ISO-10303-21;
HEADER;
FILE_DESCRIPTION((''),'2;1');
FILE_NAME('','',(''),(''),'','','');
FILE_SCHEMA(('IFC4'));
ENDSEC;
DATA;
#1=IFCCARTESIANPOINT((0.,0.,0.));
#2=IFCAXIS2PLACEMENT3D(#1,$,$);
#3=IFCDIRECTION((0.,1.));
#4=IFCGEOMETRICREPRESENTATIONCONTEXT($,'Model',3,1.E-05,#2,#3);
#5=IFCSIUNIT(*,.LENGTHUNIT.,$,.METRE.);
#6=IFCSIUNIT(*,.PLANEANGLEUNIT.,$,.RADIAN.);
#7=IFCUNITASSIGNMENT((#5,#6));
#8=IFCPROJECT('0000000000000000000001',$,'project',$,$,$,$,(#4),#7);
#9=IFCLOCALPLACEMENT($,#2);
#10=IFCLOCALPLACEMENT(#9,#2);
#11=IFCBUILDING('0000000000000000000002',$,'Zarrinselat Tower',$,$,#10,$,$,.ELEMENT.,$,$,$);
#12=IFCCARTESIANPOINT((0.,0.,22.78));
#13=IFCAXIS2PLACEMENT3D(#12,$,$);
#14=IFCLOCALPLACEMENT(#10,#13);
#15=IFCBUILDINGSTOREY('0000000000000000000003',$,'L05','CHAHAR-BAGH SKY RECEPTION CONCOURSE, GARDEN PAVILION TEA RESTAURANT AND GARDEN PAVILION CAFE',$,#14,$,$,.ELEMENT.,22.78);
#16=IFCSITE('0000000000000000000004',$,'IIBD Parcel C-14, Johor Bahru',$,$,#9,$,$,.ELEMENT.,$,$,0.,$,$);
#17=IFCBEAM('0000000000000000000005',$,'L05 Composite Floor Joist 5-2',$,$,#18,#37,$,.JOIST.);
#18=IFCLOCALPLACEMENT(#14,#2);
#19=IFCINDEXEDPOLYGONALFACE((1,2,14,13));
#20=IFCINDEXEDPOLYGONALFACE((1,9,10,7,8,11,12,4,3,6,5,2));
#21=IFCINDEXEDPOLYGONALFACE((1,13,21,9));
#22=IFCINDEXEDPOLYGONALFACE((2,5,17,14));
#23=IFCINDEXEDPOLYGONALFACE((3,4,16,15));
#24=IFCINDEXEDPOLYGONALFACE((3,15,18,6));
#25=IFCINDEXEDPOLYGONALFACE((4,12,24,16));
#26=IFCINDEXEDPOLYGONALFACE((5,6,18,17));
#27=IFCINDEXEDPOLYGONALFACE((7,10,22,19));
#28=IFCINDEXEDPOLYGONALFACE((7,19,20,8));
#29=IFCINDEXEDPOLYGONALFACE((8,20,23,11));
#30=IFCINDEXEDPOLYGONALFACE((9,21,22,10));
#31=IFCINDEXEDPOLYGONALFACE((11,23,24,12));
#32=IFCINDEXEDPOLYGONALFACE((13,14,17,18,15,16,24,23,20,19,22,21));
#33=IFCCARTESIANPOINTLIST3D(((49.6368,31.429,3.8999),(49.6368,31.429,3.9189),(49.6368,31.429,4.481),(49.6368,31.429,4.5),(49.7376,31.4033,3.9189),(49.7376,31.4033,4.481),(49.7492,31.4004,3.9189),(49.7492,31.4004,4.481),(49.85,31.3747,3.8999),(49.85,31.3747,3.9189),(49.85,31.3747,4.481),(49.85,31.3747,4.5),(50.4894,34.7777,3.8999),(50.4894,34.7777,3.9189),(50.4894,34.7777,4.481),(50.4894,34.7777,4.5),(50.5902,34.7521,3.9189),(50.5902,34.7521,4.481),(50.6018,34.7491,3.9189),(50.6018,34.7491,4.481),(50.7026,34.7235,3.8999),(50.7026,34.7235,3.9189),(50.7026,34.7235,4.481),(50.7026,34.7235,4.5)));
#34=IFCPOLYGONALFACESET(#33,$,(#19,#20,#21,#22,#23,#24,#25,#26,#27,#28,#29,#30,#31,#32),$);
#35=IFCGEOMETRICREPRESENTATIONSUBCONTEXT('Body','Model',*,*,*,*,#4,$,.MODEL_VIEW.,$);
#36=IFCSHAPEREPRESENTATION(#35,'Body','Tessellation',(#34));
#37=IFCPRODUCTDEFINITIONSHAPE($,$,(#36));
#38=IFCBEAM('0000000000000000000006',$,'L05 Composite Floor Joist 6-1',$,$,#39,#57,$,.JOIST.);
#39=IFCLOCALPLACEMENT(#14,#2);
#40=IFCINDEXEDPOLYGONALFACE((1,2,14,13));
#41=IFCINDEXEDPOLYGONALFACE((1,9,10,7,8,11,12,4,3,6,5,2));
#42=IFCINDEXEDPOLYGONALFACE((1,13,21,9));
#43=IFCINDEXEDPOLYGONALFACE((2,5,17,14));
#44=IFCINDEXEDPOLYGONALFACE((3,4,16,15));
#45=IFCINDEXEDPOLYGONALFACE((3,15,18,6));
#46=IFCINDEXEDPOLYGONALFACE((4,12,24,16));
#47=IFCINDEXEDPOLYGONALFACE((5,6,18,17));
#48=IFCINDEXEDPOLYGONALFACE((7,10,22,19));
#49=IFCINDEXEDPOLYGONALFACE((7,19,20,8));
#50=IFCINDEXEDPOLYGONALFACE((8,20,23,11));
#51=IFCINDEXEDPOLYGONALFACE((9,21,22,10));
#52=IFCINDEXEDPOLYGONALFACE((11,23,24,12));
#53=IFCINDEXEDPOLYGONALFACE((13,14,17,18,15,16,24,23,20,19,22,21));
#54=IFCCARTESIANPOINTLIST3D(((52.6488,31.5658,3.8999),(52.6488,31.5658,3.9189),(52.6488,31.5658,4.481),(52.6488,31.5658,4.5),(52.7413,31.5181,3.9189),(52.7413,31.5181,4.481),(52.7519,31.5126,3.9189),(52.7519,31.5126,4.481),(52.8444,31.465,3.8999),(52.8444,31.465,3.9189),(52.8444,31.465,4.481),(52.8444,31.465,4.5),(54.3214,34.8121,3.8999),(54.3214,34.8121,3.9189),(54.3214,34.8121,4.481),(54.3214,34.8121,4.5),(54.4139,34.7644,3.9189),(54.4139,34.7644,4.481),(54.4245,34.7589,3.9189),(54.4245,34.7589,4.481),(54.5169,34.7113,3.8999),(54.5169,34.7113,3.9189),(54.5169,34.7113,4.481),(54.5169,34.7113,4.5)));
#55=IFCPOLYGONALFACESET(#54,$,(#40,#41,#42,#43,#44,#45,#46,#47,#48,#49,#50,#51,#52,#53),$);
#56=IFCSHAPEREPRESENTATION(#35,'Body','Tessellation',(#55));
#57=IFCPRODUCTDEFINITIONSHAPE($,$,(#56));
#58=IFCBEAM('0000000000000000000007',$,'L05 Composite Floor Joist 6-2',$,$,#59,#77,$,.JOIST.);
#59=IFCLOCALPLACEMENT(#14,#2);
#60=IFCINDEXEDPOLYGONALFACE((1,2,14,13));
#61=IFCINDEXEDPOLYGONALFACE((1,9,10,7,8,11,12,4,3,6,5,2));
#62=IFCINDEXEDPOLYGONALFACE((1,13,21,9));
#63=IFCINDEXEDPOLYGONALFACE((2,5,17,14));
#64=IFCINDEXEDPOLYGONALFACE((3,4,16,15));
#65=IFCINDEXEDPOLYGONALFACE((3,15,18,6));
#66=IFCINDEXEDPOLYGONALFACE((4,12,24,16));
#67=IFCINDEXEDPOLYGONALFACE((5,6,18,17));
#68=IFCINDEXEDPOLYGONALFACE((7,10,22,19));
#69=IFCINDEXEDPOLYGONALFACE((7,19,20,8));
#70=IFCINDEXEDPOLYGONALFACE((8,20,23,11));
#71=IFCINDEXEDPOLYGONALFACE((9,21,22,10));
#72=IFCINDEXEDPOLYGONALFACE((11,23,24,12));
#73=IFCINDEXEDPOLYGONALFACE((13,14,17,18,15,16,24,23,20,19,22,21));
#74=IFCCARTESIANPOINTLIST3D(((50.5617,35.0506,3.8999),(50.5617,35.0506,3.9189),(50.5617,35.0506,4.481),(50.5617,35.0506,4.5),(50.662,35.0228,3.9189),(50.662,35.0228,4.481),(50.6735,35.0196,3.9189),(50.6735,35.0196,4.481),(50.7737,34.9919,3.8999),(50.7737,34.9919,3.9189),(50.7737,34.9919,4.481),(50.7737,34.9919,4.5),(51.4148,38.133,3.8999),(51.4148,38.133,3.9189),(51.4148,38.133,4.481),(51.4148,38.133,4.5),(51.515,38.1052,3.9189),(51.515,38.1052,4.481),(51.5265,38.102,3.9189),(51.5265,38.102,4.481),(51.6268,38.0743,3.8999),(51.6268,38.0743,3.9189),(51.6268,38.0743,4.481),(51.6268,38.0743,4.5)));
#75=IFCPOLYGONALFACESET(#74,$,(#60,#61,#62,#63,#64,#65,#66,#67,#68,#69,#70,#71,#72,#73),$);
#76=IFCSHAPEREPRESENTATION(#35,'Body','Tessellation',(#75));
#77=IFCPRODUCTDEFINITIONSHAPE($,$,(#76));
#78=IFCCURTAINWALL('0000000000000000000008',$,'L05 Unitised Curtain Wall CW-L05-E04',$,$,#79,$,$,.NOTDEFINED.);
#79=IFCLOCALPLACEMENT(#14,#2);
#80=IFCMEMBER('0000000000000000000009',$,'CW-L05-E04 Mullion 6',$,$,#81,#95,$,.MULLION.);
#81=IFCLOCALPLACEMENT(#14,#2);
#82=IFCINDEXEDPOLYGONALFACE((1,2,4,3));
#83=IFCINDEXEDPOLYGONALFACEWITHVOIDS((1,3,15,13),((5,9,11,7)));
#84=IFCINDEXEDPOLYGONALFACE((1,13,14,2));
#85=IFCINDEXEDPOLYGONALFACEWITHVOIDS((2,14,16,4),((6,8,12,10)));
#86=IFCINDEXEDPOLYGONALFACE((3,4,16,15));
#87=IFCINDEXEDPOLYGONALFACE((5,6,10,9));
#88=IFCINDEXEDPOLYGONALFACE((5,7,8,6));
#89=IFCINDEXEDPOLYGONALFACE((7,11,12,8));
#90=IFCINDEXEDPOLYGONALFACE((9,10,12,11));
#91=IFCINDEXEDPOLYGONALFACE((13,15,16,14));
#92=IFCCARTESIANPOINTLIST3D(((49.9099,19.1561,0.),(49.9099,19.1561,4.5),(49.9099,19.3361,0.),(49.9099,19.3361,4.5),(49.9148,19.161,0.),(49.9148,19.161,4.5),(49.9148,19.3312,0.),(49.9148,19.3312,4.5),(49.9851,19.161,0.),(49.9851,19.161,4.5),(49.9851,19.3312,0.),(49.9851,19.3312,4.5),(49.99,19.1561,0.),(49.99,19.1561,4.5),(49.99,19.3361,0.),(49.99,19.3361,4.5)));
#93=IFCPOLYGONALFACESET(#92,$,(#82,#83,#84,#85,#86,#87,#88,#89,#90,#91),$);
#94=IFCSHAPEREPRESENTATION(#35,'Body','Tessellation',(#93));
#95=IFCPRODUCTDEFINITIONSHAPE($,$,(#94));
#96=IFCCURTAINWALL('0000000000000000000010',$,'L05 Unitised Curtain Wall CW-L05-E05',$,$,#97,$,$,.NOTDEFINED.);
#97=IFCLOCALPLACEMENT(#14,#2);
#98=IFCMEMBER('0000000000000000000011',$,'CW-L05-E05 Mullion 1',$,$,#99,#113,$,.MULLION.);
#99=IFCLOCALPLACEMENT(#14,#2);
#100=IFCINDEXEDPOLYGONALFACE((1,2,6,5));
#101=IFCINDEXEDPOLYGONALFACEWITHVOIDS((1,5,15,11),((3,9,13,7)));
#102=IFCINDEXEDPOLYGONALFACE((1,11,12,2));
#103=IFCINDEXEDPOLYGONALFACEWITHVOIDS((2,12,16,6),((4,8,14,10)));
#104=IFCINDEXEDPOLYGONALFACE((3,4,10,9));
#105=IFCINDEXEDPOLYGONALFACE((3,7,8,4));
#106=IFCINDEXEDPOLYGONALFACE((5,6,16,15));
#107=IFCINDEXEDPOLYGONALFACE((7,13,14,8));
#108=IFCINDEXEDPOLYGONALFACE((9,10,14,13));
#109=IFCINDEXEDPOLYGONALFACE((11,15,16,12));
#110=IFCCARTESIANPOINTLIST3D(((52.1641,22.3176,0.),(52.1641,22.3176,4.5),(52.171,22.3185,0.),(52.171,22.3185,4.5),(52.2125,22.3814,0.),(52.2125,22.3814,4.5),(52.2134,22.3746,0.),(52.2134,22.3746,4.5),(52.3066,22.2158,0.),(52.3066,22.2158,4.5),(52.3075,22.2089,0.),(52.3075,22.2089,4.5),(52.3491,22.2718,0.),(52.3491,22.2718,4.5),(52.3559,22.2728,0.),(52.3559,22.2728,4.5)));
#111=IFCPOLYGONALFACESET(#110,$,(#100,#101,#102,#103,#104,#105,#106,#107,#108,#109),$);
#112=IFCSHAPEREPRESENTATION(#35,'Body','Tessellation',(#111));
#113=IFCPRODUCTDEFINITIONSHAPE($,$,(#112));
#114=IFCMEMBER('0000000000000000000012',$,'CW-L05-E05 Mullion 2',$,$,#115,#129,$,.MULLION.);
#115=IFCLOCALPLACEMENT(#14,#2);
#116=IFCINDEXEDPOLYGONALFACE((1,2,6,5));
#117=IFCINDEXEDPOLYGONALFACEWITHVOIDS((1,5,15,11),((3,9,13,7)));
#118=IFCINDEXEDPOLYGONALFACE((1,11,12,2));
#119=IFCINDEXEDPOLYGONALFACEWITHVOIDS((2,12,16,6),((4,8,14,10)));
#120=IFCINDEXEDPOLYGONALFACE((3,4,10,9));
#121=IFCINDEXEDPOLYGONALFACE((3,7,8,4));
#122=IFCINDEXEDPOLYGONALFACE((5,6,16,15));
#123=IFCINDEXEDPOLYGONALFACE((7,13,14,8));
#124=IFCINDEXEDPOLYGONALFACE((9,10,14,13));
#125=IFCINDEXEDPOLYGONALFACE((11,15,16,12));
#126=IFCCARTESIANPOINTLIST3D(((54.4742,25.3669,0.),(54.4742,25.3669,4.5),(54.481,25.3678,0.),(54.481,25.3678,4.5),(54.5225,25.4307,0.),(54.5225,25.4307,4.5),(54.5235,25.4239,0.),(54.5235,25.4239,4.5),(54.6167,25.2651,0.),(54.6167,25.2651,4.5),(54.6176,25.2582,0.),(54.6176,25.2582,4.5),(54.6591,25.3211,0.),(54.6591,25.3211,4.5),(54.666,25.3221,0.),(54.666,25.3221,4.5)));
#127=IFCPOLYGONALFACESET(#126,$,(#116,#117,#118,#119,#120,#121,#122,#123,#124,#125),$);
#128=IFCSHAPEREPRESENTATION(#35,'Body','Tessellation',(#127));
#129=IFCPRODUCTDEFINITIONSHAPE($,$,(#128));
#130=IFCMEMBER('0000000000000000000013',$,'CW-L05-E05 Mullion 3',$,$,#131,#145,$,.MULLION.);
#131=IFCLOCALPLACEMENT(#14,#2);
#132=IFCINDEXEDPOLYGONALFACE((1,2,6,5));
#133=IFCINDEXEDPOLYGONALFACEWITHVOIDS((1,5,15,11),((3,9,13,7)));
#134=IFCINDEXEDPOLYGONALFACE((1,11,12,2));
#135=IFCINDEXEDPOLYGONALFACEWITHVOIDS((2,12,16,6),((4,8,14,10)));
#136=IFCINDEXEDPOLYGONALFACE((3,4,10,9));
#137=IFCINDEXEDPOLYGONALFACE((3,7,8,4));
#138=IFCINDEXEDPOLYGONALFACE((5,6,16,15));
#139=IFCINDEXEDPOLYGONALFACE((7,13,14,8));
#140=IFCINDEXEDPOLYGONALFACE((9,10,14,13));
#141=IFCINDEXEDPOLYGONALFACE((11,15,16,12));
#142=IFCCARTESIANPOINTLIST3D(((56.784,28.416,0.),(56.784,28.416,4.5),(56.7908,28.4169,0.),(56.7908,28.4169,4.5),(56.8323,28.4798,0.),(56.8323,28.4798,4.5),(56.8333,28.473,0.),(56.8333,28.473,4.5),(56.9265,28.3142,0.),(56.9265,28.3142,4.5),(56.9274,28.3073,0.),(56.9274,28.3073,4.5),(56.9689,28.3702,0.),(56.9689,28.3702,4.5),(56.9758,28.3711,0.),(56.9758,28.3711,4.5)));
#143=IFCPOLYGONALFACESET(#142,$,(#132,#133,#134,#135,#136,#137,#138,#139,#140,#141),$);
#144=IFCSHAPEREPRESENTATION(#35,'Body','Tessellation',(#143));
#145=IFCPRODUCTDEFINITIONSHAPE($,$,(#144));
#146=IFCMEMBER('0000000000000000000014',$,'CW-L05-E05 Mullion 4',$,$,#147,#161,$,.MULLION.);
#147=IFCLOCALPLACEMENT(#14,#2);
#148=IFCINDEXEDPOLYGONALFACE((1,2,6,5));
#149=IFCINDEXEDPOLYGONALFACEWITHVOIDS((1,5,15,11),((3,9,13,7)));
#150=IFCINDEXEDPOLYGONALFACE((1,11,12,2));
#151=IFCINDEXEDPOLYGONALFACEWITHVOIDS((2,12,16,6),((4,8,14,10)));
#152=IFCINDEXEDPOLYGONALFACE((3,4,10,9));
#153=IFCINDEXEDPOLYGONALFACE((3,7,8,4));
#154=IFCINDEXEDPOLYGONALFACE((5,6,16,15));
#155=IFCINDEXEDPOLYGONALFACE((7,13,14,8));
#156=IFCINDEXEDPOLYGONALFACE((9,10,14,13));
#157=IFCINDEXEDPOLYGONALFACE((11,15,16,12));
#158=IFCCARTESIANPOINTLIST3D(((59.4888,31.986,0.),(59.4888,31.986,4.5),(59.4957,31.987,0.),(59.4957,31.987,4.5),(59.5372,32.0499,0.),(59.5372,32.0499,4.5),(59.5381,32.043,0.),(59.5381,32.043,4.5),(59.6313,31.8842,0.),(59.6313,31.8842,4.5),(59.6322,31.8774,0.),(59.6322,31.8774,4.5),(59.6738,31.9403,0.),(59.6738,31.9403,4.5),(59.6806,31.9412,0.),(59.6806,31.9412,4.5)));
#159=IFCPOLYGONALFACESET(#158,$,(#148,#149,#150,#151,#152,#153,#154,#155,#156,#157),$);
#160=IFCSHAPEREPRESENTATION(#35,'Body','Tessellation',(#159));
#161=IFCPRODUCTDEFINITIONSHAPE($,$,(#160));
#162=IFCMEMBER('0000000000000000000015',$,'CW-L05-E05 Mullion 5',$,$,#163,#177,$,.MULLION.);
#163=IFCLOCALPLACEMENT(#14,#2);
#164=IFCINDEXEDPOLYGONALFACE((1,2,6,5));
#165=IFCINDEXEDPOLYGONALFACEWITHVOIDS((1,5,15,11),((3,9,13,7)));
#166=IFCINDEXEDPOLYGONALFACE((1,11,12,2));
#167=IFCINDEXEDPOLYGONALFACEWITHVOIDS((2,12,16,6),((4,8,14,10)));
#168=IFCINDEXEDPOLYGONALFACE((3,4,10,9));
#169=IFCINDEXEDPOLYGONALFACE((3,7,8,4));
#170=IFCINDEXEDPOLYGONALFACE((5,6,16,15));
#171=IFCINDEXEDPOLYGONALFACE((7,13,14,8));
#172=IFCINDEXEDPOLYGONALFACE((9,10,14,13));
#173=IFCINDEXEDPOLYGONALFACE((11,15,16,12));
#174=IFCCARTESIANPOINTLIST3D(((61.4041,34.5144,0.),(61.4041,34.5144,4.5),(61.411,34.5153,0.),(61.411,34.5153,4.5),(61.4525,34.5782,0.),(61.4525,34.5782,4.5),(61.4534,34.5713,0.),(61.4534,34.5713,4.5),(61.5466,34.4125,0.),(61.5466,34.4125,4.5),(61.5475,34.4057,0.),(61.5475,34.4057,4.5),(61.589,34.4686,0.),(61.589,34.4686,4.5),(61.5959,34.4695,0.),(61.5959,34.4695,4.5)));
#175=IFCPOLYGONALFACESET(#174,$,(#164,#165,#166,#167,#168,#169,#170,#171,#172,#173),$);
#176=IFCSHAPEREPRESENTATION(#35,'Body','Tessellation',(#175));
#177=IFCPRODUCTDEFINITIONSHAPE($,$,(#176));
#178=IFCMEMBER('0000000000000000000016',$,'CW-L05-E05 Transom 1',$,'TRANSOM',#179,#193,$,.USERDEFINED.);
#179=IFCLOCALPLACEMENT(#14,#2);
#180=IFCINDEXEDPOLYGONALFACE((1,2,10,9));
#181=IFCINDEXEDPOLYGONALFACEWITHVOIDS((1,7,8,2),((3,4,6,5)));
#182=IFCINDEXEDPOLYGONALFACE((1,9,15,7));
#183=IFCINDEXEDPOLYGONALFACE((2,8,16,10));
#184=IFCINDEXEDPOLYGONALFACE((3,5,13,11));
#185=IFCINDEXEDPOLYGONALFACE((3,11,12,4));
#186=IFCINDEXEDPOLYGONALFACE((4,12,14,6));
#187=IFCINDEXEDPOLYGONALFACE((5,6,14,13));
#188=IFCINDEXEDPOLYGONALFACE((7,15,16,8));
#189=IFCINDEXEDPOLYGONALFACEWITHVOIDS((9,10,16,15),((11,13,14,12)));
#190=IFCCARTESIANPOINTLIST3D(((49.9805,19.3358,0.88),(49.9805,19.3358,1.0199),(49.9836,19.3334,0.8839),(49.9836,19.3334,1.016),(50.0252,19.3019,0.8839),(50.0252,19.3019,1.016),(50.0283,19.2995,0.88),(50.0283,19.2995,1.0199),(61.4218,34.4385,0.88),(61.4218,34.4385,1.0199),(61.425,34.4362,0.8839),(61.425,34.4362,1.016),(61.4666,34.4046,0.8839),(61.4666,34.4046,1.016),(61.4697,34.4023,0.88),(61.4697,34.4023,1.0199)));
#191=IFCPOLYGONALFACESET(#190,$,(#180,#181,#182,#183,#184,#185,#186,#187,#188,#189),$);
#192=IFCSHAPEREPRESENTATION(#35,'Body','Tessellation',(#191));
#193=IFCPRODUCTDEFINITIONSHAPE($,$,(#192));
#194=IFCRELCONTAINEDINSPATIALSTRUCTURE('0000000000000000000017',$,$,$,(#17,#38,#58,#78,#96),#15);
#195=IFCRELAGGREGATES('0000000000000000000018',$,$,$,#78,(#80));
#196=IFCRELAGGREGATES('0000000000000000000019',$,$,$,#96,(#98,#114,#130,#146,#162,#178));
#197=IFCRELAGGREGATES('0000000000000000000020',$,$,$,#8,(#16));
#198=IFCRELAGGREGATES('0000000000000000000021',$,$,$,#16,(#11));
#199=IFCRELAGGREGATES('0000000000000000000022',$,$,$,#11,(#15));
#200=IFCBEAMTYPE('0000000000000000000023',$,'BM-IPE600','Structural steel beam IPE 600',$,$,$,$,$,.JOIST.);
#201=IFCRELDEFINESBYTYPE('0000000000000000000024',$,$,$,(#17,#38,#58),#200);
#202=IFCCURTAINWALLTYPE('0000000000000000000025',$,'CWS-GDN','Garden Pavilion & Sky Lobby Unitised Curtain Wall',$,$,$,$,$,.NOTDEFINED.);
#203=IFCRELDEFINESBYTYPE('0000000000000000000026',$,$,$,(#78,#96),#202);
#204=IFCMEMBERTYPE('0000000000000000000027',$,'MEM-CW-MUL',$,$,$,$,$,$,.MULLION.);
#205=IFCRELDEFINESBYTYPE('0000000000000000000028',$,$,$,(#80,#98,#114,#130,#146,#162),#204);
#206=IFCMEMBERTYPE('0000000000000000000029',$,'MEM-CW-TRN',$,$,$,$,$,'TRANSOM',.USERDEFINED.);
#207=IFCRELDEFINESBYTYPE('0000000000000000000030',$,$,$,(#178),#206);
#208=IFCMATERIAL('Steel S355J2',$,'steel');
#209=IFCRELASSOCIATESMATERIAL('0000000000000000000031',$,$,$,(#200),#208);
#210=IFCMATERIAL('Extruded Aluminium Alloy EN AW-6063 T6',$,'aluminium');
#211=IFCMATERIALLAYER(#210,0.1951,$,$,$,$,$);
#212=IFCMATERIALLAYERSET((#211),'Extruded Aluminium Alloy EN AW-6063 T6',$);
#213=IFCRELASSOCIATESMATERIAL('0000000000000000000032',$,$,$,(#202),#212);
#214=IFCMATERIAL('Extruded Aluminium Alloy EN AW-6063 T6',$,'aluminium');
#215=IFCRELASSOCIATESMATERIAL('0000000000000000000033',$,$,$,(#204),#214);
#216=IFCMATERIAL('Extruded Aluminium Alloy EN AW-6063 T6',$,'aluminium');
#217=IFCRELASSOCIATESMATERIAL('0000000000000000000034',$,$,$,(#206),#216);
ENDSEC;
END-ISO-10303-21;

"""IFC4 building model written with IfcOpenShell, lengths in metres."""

from ifc_helpers import new_model, si_unit, direction, frame, origin, origin_2d, place, context, subcontext, project, spatial, hollow_rectangle, i_section, extrude, material, layer, layer_set, material_profile, profile_set, type_object, element, aggregate, save


model = new_model("IFC4")

# Units and contexts
model_context = context("Model", 3, precision=1e-05, world=origin(), true_north=direction((0.0, 1.0)))
body_context = subcontext(model_context, "Body", "Model", "MODEL_VIEW")
ifc_project = project(units=[si_unit("LENGTHUNIT", "METRE"), si_unit("PLANEANGLEUNIT", "RADIAN")], contexts=[model_context])

# Site, building, storey
site_placement = place(None, origin())
site = spatial("IfcSite", under=ifc_project, at=site_placement, Name="IIBD Parcel C-14, Johor Bahru", CompositionType="ELEMENT", RefElevation=0.0)
building_placement = place(site_placement, origin())
building = spatial("IfcBuilding", under=site, at=building_placement, Name="Zarrinselat Tower", CompositionType="ELEMENT")
storey_placement = place(building_placement, frame((0.0, 0.0, 22.78)))
storey = spatial("IfcBuildingStorey", under=building, at=storey_placement, Name="L05", Description="CHAHAR-BAGH SKY RECEPTION CONCOURSE, GARDEN PAVILION TEA RESTAURANT AND GARDEN PAVILION CAFE", CompositionType="ELEMENT", Elevation=22.78)

# Beams
ifc_material_1 = material(Name="Steel S355J2", Category="steel")
ifc_material_profile_1 = material_profile(ifc_material_1, i_section(OverallWidth=0.22, OverallDepth=0.6001, WebThickness=0.012, FlangeThickness=0.019, at=origin_2d()), Name="IPE 600")
ifc_profile_set_1 = profile_set([ifc_material_profile_1], Name="Steel S355J2")
beam_type_1 = type_object("IfcBeamType", Name="BM-IPE600", Description="Structural steel beam IPE 600", PredefinedType="JOIST", material=ifc_profile_set_1)
beam_1_placement = place(storey_placement, frame((49.7434, 31.4019, 4.2), z_axis=(0.246723, 0.969086, 0.0), x_axis=(-0.969086, 0.246723, 0.0)))
element("IfcBeam", 1, at=beam_1_placement, inside=storey, type_object=beam_type_1, Name="L05 Composite Floor Joist 5-2", PredefinedType="JOIST", context=body_context, shape_type="SweptSolid", body=[
    extrude(i_section(OverallWidth=0.22, OverallDepth=0.6001, WebThickness=0.012, FlangeThickness=0.019, at=origin_2d()), origin(), (0.0, 0.0, 1.0), 3.4556),
])
beam_2_placement = place(storey_placement, frame((52.7466, 31.5154, 4.2), z_axis=(0.458011, 0.888947, 0.0), x_axis=(-0.888947, 0.458011, 0.0)))
element("IfcBeam", 2, at=beam_2_placement, inside=storey, type_object=beam_type_1, Name="L05 Composite Floor Joist 6-1", PredefinedType="JOIST", context=body_context, shape_type="SweptSolid", body=[
    extrude(i_section(OverallWidth=0.22, OverallDepth=0.6001, WebThickness=0.012, FlangeThickness=0.019, at=origin_2d()), origin(), (0.0, 0.0, 1.0), 3.6519),
])
beam_3_placement = place(storey_placement, frame((50.6677, 35.0212, 4.2), z_axis=(0.266726, 0.963772, 0.0), x_axis=(-0.963772, 0.266726, 0.0)))
element("IfcBeam", 3, at=beam_3_placement, inside=storey, type_object=beam_type_1, Name="L05 Composite Floor Joist 6-2", PredefinedType="JOIST", context=body_context, shape_type="SweptSolid", body=[
    extrude(i_section(OverallWidth=0.22, OverallDepth=0.6001, WebThickness=0.012, FlangeThickness=0.019, at=origin_2d()), origin(), (0.0, 0.0, 1.0), 3.1982),
])

# Curtain wall, member
ifc_material_2 = material(Name="Extruded Aluminium Alloy EN AW-6063 T6", Category="aluminium")
ifc_layer_1 = layer(ifc_material_2, 0.1951)
ifc_layer_set_1 = layer_set([ifc_layer_1], Name="Extruded Aluminium Alloy EN AW-6063 T6")
curtain_wall_type = type_object("IfcCurtainWallType", Name="CWS-GDN", Description="Garden Pavilion & Sky Lobby Unitised Curtain Wall", PredefinedType="NOTDEFINED", material=ifc_layer_set_1)
curtain_wall_1_placement = place(storey_placement, origin())
curtain_wall_1 = element("IfcCurtainWall", 4, at=curtain_wall_1_placement, inside=storey, type_object=curtain_wall_type, Name="L05 Unitised Curtain Wall CW-L05-E04", PredefinedType="NOTDEFINED")
ifc_material_3 = material(Name="Extruded Aluminium Alloy EN AW-6063 T6", Category="aluminium")
ifc_material_profile_2 = material_profile(ifc_material_3, hollow_rectangle(XDim=0.0801, YDim=0.1799, WallThickness=0.0049, at=origin_2d()), Name="RHS 180x80x5")
ifc_profile_set_2 = profile_set([ifc_material_profile_2], Name="Extruded Aluminium Alloy EN AW-6063 T6")
member_type_1 = type_object("IfcMemberType", Name="MEM-CW-MUL", PredefinedType="MULLION", material=ifc_profile_set_2)
member_1_placement = place(storey_placement, frame((49.95, 19.2461, 0.0), z_axis=(0.0, 0.0, 1.0), x_axis=(1.0, 0.0, 0.0)))
member_1 = element("IfcMember", 5, at=member_1_placement, type_object=member_type_1, Name="CW-L05-E04 Mullion 6", PredefinedType="MULLION", context=body_context, shape_type="SweptSolid", body=[
    extrude(hollow_rectangle(XDim=0.0801, YDim=0.1799, WallThickness=0.0049, at=origin_2d()), origin(), (0.0, 0.0, 1.0), 4.5),
])
aggregate(curtain_wall_1, [member_1])

# Curtain wall, members
curtain_wall_2_placement = place(storey_placement, origin())
curtain_wall_2 = element("IfcCurtainWall", 6, at=curtain_wall_2_placement, inside=storey, type_object=curtain_wall_type, Name="L05 Unitised Curtain Wall CW-L05-E05", PredefinedType="NOTDEFINED")
member_2_placement = place(storey_placement, frame((52.26, 22.2952, 0.0), z_axis=(0.0, 0.0, 1.0), x_axis=(0.603858, 0.797092, 0.0)))
member_2 = element("IfcMember", 7, at=member_2_placement, type_object=member_type_1, Name="CW-L05-E05 Mullion 1", PredefinedType="MULLION", context=body_context, shape_type="SweptSolid", body=[
    extrude(hollow_rectangle(XDim=0.0801, YDim=0.1799, WallThickness=0.0049, at=origin_2d()), origin(), (0.0, 0.0, 1.0), 4.5),
])
member_3_placement = place(storey_placement, frame((54.5701, 25.3445, 0.0), z_axis=(0.0, 0.0, 1.0), x_axis=(0.603858, 0.797092, 0.0)))
member_3 = element("IfcMember", 8, at=member_3_placement, type_object=member_type_1, Name="CW-L05-E05 Mullion 2", PredefinedType="MULLION", context=body_context, shape_type="SweptSolid", body=[
    extrude(hollow_rectangle(XDim=0.0801, YDim=0.1799, WallThickness=0.0049, at=origin_2d()), origin(), (0.0, 0.0, 1.0), 4.5),
])
member_4_placement = place(storey_placement, frame((56.8799, 28.3936, 0.0), z_axis=(0.0, 0.0, 1.0), x_axis=(0.603858, 0.797092, 0.0)))
member_4 = element("IfcMember", 9, at=member_4_placement, type_object=member_type_1, Name="CW-L05-E05 Mullion 3", PredefinedType="MULLION", context=body_context, shape_type="SweptSolid", body=[
    extrude(hollow_rectangle(XDim=0.0801, YDim=0.1799, WallThickness=0.0049, at=origin_2d()), origin(), (0.0, 0.0, 1.0), 4.5),
])
member_5_placement = place(storey_placement, frame((59.5847, 31.9636, 0.0), z_axis=(0.0, 0.0, 1.0), x_axis=(0.603858, 0.797092, 0.0)))
member_5 = element("IfcMember", 10, at=member_5_placement, type_object=member_type_1, Name="CW-L05-E05 Mullion 4", PredefinedType="MULLION", context=body_context, shape_type="SweptSolid", body=[
    extrude(hollow_rectangle(XDim=0.0801, YDim=0.1799, WallThickness=0.0049, at=origin_2d()), origin(), (0.0, 0.0, 1.0), 4.5),
])
member_6_placement = place(storey_placement, frame((61.5, 34.4919, 0.0), z_axis=(0.0, 0.0, 1.0), x_axis=(0.603858, 0.797092, 0.0)))
member_6 = element("IfcMember", 11, at=member_6_placement, type_object=member_type_1, Name="CW-L05-E05 Mullion 5", PredefinedType="MULLION", context=body_context, shape_type="SweptSolid", body=[
    extrude(hollow_rectangle(XDim=0.0801, YDim=0.1799, WallThickness=0.0049, at=origin_2d()), origin(), (0.0, 0.0, 1.0), 4.5),
])
ifc_material_4 = material(Name="Extruded Aluminium Alloy EN AW-6063 T6", Category="aluminium")
ifc_material_profile_3 = material_profile(ifc_material_4, hollow_rectangle(XDim=0.0601, YDim=0.1399, WallThickness=0.0039, at=origin_2d()), Name="RHS 140x60x4")
ifc_profile_set_3 = profile_set([ifc_material_profile_3], Name="Extruded Aluminium Alloy EN AW-6063 T6")
member_type_2 = type_object("IfcMemberType", Name="MEM-CW-TRN", ElementType="TRANSOM", PredefinedType="USERDEFINED", material=ifc_profile_set_3)
member_7_placement = place(storey_placement, frame((50.0044, 19.3176, 0.95), z_axis=(0.603854, 0.797095, 0.0), x_axis=(-0.797095, 0.603854, 0.0)))
member_7 = element("IfcMember", 12, at=member_7_placement, type_object=member_type_2, Name="CW-L05-E05 Transom 1", ObjectType="TRANSOM", PredefinedType="USERDEFINED", context=body_context, shape_type="SweptSolid", body=[
    extrude(hollow_rectangle(XDim=0.0601, YDim=0.1399, WallThickness=0.0039, at=origin_2d()), origin(), (0.0, 0.0, 1.0), 18.9473),
])

aggregate(curtain_wall_2, [member_2, member_3, member_4, member_5, member_6, member_7])

save(model, "model.ifc")
